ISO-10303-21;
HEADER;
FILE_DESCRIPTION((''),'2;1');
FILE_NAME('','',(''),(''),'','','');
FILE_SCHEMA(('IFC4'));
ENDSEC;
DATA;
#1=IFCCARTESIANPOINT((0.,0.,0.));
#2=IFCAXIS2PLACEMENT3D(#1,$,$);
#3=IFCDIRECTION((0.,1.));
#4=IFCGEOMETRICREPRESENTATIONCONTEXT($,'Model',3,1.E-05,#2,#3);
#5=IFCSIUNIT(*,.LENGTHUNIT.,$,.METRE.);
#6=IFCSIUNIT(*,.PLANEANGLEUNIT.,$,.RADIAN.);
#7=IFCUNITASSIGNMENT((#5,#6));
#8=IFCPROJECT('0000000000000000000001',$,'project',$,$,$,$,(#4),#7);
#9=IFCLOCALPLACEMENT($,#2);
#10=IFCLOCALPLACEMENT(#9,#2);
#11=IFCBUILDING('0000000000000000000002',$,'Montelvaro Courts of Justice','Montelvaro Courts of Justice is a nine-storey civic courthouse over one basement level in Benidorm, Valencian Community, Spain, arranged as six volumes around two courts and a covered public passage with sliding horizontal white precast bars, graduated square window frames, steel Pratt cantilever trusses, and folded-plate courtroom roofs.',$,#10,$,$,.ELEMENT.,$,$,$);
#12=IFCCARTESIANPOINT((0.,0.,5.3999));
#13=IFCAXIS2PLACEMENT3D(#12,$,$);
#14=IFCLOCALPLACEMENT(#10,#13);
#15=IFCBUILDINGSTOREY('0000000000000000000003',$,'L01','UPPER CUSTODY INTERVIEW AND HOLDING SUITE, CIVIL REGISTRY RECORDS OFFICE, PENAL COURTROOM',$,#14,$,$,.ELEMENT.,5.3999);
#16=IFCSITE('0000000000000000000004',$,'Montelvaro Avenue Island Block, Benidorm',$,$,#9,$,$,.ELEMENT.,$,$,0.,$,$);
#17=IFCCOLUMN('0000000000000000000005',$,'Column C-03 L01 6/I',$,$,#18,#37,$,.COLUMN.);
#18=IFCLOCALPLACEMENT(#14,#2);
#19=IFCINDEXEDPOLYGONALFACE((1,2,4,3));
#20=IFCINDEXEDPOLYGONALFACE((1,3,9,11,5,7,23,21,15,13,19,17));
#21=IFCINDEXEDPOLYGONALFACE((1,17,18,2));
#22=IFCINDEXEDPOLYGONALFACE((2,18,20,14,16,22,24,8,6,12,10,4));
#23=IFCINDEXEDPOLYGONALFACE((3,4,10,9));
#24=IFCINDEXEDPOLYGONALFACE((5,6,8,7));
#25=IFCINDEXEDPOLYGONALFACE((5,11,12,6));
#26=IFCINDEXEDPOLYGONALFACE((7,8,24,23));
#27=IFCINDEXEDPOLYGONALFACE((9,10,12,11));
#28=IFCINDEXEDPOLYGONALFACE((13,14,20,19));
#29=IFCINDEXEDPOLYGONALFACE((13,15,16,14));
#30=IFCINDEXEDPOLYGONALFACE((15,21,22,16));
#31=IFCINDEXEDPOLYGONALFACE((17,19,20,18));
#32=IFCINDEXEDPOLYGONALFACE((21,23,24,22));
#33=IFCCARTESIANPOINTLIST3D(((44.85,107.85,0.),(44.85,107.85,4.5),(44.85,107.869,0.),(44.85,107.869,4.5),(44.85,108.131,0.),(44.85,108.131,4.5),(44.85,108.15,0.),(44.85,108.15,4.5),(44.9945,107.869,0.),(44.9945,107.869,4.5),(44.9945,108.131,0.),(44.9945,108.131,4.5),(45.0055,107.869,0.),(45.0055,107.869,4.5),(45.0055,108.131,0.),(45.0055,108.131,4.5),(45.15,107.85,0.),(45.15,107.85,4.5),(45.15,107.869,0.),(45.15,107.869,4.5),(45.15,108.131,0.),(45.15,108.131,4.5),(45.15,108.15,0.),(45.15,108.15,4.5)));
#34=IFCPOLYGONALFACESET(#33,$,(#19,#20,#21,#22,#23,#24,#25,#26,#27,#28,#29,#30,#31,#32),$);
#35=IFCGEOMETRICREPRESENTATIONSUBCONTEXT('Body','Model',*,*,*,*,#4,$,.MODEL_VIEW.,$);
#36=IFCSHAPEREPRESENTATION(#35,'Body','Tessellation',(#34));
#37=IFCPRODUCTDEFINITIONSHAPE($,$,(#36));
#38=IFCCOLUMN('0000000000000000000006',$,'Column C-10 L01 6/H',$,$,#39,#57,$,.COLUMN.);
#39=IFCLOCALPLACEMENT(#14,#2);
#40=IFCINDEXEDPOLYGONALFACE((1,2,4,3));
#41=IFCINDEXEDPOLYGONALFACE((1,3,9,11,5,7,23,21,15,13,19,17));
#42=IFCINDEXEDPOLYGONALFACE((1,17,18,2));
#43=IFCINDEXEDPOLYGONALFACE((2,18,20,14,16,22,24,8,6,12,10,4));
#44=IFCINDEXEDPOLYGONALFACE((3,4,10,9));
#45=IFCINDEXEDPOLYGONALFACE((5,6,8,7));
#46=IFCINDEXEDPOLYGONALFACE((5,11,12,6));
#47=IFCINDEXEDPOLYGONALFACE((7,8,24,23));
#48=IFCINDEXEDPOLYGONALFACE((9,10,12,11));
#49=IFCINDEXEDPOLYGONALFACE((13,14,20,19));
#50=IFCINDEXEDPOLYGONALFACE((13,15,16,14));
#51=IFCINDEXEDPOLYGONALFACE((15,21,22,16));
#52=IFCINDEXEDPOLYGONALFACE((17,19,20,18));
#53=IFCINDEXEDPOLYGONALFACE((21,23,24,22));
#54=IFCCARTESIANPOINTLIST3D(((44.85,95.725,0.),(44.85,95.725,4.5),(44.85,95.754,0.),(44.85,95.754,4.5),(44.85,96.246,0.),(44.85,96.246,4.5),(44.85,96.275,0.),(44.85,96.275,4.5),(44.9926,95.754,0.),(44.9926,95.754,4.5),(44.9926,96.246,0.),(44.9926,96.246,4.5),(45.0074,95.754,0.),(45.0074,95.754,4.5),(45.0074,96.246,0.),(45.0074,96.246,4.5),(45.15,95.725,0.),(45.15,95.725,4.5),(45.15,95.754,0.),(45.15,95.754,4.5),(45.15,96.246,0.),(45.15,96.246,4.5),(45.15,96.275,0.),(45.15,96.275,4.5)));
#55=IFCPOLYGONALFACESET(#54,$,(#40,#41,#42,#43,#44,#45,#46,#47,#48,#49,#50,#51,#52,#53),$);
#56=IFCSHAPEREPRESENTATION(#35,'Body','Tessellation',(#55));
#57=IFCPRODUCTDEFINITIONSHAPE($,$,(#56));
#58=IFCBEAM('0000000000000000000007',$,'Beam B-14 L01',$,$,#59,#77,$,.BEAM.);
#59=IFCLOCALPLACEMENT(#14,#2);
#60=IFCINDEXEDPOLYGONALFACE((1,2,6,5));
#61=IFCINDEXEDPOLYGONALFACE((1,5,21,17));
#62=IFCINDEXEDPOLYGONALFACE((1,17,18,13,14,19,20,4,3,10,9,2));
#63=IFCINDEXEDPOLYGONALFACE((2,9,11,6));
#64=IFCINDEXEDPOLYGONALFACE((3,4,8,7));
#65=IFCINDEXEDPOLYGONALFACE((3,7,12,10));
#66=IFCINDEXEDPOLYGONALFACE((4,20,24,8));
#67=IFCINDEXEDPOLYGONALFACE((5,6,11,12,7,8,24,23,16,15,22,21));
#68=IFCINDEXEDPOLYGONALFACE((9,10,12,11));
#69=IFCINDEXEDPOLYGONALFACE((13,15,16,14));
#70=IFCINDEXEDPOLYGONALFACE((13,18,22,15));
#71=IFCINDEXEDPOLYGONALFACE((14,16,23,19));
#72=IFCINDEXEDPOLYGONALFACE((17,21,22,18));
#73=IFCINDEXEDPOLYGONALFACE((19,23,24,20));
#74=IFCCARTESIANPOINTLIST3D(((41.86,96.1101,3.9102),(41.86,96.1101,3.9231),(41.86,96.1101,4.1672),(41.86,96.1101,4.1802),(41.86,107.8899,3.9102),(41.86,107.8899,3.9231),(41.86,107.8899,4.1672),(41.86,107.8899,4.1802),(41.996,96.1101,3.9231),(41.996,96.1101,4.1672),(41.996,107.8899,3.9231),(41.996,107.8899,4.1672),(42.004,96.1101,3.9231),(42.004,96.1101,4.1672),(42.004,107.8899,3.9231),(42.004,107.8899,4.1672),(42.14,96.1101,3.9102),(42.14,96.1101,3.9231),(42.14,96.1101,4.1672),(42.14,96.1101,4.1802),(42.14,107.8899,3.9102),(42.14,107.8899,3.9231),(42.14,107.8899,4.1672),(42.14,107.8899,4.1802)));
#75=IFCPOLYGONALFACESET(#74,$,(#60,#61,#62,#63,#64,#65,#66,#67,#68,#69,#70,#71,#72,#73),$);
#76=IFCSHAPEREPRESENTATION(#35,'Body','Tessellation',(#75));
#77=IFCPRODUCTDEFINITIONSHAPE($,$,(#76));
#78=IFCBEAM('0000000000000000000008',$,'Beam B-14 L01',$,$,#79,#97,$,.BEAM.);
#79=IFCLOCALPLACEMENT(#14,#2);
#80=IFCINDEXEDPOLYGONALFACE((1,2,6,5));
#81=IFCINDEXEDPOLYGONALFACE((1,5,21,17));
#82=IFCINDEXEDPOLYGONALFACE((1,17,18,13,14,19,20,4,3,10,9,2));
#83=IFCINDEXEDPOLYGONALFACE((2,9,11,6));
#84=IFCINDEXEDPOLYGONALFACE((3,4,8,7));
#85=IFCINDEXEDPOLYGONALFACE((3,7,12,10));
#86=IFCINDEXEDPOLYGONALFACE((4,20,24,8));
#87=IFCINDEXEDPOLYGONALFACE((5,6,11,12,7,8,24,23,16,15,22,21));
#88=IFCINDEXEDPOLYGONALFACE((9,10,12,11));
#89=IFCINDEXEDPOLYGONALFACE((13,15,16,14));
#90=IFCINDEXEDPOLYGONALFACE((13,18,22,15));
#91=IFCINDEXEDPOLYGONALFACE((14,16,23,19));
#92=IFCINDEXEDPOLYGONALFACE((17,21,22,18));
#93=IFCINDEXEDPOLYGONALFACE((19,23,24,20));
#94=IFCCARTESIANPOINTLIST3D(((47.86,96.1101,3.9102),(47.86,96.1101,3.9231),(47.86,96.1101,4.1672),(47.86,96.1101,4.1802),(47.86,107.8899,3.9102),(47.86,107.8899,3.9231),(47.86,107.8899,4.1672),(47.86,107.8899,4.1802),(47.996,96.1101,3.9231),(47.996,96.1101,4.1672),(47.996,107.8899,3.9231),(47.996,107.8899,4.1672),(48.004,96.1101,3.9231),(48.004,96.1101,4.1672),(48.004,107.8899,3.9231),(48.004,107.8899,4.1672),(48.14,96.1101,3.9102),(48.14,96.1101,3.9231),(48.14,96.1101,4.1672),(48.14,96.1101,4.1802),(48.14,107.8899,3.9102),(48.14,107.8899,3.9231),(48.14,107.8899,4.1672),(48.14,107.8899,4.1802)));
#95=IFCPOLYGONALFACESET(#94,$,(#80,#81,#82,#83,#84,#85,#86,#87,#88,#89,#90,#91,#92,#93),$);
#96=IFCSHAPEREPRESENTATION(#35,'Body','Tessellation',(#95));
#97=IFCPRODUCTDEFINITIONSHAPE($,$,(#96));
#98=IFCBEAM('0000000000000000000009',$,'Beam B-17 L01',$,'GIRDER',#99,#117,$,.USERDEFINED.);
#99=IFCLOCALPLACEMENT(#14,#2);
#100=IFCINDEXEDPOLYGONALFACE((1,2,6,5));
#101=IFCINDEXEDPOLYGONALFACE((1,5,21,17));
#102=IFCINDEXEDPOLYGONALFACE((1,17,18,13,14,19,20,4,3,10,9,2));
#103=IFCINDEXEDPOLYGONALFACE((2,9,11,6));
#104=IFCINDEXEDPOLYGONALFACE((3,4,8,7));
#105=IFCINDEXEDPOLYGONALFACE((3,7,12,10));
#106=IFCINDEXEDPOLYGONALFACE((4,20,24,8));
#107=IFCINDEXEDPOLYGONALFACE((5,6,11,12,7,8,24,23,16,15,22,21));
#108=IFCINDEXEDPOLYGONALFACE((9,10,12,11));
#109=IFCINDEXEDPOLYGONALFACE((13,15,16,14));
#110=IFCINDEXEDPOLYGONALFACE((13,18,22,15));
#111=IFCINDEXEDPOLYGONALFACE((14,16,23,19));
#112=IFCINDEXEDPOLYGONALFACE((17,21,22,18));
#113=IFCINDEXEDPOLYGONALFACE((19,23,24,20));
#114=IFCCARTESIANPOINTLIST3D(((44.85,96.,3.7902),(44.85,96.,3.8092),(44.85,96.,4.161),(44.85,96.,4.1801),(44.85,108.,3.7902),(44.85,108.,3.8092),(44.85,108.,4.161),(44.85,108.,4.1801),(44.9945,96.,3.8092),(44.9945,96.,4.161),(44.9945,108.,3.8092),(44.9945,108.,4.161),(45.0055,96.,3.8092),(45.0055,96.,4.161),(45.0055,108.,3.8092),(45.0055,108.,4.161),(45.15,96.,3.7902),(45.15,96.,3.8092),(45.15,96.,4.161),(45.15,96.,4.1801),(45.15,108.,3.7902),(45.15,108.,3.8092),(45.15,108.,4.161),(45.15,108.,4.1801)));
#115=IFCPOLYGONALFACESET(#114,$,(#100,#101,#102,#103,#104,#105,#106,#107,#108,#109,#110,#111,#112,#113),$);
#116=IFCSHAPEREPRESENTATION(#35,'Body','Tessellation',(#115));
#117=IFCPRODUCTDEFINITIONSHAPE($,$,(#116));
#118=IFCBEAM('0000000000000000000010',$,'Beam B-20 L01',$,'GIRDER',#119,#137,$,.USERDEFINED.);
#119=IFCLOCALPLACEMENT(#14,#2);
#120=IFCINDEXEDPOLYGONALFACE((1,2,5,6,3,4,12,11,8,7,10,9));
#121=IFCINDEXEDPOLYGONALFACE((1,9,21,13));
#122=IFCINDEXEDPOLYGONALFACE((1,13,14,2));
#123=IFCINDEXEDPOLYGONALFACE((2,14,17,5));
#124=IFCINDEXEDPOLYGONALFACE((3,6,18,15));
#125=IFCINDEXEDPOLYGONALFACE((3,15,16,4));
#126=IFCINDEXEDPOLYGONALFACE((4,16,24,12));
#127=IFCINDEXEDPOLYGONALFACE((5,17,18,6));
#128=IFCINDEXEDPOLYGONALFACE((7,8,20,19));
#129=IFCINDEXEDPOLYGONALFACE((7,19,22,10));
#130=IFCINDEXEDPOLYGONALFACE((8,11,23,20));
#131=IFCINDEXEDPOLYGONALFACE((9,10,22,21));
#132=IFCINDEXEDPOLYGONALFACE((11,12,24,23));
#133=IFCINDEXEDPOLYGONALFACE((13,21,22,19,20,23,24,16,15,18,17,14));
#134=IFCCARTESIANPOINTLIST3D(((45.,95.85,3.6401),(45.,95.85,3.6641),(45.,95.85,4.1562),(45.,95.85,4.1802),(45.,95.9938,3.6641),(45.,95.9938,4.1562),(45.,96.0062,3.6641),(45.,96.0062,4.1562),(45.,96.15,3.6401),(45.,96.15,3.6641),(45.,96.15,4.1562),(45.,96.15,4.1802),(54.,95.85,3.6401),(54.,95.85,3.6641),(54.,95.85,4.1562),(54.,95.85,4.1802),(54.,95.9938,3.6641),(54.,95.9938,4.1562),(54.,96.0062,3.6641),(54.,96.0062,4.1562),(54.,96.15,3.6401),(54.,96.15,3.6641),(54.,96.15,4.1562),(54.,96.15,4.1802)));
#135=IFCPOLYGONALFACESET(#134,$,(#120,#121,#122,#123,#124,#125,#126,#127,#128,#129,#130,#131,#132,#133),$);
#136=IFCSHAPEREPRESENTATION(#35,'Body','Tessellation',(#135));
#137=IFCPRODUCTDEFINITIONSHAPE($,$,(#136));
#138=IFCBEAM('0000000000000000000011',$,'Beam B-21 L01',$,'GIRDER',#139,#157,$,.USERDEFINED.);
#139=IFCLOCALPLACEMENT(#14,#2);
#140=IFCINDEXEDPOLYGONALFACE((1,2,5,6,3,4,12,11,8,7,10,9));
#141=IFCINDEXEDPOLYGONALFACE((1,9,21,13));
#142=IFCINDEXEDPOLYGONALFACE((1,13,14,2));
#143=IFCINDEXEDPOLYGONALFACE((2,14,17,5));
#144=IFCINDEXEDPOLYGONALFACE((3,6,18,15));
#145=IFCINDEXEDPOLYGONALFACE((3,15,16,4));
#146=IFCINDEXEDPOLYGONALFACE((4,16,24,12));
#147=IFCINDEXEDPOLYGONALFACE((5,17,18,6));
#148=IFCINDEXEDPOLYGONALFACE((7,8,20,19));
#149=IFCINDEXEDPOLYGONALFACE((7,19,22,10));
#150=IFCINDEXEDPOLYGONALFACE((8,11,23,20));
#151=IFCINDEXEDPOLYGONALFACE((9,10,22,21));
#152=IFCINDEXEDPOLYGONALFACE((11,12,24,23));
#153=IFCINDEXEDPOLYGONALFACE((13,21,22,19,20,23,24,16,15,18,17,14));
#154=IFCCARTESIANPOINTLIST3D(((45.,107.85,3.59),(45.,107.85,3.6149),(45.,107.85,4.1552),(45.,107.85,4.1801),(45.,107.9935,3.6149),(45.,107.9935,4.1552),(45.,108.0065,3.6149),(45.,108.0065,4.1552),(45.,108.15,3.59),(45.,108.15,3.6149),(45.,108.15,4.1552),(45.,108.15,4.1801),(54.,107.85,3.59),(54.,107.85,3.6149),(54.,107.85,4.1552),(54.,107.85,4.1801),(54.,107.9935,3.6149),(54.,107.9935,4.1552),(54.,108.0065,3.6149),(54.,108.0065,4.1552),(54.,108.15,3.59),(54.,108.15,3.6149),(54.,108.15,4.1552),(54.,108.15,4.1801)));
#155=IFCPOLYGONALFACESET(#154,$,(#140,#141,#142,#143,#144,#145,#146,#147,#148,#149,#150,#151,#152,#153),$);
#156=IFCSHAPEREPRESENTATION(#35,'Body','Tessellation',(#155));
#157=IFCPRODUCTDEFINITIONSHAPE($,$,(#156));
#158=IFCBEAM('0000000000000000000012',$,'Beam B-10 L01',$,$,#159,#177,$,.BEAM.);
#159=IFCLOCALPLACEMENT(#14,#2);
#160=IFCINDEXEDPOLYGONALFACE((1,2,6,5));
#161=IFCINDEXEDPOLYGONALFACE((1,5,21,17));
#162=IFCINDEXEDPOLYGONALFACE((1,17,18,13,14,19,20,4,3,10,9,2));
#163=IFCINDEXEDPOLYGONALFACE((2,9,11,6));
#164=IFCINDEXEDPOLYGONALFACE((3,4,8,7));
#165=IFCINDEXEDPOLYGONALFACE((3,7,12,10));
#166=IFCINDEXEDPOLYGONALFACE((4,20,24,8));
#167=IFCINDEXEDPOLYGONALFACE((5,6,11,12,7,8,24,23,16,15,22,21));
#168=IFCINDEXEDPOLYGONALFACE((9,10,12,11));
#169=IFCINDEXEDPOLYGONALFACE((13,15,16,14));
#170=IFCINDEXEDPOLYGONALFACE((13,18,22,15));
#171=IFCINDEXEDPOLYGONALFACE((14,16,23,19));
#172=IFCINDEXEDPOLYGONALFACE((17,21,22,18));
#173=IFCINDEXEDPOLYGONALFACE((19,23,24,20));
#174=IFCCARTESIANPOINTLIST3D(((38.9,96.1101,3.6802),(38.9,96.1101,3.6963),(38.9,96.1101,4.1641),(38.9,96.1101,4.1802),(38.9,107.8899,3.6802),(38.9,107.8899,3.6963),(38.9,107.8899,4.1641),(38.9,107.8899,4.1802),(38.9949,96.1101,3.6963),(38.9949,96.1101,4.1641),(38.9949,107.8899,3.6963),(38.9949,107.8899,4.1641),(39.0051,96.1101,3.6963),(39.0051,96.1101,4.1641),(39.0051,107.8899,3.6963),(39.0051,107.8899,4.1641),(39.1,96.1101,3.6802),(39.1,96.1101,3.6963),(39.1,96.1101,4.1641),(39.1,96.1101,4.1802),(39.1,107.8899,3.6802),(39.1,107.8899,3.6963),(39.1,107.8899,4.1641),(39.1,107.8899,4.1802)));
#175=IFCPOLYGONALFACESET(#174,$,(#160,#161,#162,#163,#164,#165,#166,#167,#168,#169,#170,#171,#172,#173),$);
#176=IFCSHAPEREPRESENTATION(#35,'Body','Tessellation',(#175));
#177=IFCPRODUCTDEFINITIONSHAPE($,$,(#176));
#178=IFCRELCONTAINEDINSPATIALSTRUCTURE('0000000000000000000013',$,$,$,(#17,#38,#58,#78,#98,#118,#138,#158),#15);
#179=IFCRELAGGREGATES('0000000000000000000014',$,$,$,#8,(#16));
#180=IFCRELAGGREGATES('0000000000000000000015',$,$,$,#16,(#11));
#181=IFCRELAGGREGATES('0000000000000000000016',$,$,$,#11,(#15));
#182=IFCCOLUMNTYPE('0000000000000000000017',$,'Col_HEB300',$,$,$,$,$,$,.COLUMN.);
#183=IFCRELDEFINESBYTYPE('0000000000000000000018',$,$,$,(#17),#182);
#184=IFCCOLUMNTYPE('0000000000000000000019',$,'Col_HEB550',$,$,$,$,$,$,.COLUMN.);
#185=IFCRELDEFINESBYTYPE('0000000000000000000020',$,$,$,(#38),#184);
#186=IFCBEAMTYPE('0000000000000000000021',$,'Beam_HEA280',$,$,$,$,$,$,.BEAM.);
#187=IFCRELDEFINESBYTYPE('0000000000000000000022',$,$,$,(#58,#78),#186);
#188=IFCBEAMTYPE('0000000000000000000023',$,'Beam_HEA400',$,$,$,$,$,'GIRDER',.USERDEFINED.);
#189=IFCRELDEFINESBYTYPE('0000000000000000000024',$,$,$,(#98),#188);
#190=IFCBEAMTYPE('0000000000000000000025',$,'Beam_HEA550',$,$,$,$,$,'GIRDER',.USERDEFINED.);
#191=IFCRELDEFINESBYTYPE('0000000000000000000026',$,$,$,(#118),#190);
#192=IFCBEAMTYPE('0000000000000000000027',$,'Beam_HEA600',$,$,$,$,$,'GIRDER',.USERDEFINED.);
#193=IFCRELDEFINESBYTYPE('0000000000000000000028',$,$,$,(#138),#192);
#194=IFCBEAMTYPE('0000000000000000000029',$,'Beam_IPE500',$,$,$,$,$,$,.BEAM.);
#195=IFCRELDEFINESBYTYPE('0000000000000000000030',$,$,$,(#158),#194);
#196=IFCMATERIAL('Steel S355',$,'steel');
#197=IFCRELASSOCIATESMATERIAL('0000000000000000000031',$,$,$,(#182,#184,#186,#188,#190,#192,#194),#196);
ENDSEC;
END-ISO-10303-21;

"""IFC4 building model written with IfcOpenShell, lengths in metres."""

from ifc_helpers import new_model, si_unit, direction, frame, origin, origin_2d, place, context, subcontext, project, spatial, i_section, extrude, material, material_profile, profile_set, type_object, element, save


model = new_model("IFC4")

# Units and contexts
model_context = context("Model", 3, precision=1e-05, world=origin(), true_north=direction((0.0, 1.0)))
body_context = subcontext(model_context, "Body", "Model", "MODEL_VIEW")
ifc_project = project(units=[si_unit("LENGTHUNIT", "METRE"), si_unit("PLANEANGLEUNIT", "RADIAN")], contexts=[model_context])

# Site, building, storey
site_placement = place(None, origin())
site = spatial("IfcSite", under=ifc_project, at=site_placement, Name="Montelvaro Avenue Island Block, Benidorm", CompositionType="ELEMENT", RefElevation=0.0)
building_placement = place(site_placement, origin())
building = spatial("IfcBuilding", under=site, at=building_placement, Name="Montelvaro Courts of Justice", Description="Montelvaro Courts of Justice is a nine-storey civic courthouse over one basement level in Benidorm, Valencian Community, Spain, arranged as six volumes around two courts and a covered public passage with sliding horizontal white precast bars, graduated square window frames, steel Pratt cantilever trusses, and folded-plate courtroom roofs.", CompositionType="ELEMENT")
storey_placement = place(building_placement, frame((0.0, 0.0, 5.3999)))
storey = spatial("IfcBuildingStorey", under=building, at=storey_placement, Name="L01", Description="UPPER CUSTODY INTERVIEW AND HOLDING SUITE, CIVIL REGISTRY RECORDS OFFICE, PENAL COURTROOM", CompositionType="ELEMENT", Elevation=5.3999)

# Columns
ifc_material_1 = material(Name="Steel S355", Category="steel")
ifc_material_profile_1 = material_profile(ifc_material_1, i_section(OverallWidth=0.3, OverallDepth=0.3, WebThickness=0.011, FlangeThickness=0.019, at=origin_2d()), Name="HEB 300")
ifc_profile_set_1 = profile_set([ifc_material_profile_1], Name="Steel S355")
column_type_1 = type_object("IfcColumnType", Name="Col_HEB300", PredefinedType="COLUMN", material=ifc_profile_set_1)
column_1_placement = place(storey_placement, frame((45.0, 108.0, 0.0), z_axis=(0.0, 0.0, 1.0), x_axis=(1.0, 0.0, 0.0)))
element("IfcColumn", 1, at=column_1_placement, inside=storey, type_object=column_type_1, Name="Column C-03 L01 6/I", PredefinedType="COLUMN", context=body_context, shape_type="SweptSolid", body=[
    extrude(i_section(OverallWidth=0.3, OverallDepth=0.3, WebThickness=0.011, FlangeThickness=0.019, at=origin_2d()), origin(), (0.0, 0.0, 1.0), 4.5),
])
ifc_material_profile_2 = material_profile(ifc_material_1, i_section(OverallWidth=0.3, OverallDepth=0.55, WebThickness=0.0149, FlangeThickness=0.0291, at=origin_2d()), Name="HEB 550")
ifc_profile_set_2 = profile_set([ifc_material_profile_2], Name="Steel S355")
column_type_2 = type_object("IfcColumnType", Name="Col_HEB550", PredefinedType="COLUMN", material=ifc_profile_set_2)
column_2_placement = place(storey_placement, frame((45.0, 96.0, 0.0), z_axis=(0.0, 0.0, 1.0), x_axis=(1.0, 0.0, 0.0)))
element("IfcColumn", 2, at=column_2_placement, inside=storey, type_object=column_type_2, Name="Column C-10 L01 6/H", PredefinedType="COLUMN", context=body_context, shape_type="SweptSolid", body=[
    extrude(i_section(OverallWidth=0.3, OverallDepth=0.55, WebThickness=0.0149, FlangeThickness=0.0291, at=origin_2d()), origin(), (0.0, 0.0, 1.0), 4.5),
])

# Beams
ifc_material_profile_3 = material_profile(ifc_material_1, i_section(OverallWidth=0.28, OverallDepth=0.27, WebThickness=0.0081, FlangeThickness=0.0129, at=origin_2d()), Name="HEA 280")
ifc_profile_set_3 = profile_set([ifc_material_profile_3], Name="Steel S355")
beam_type_1 = type_object("IfcBeamType", Name="Beam_HEA280", PredefinedType="BEAM", material=ifc_profile_set_3)
for number, where, z_axis, x_axis, name in (
    (3, (42.0, 96.1101, 4.0452), (0.0, 1.0, 0.0), (-1.0, 0.0, 0.0), "Beam B-14 L01"),
    (4, (48.0, 96.1101, 4.0452), (0.0, 1.0, 0.0), (-1.0, 0.0, 0.0), "Beam B-14 L01"),
):
    element("IfcBeam", number, at=place(storey_placement, frame(where, z_axis=z_axis, x_axis=x_axis)), inside=storey, type_object=beam_type_1, Name=name, PredefinedType="BEAM", context=body_context, shape_type="SweptSolid", body=[
        extrude(i_section(OverallWidth=0.28, OverallDepth=0.27, WebThickness=0.0081, FlangeThickness=0.0129, at=origin_2d()), origin(), (0.0, 0.0, 1.0), 11.7798),
    ])
ifc_material_profile_4 = material_profile(ifc_material_1, i_section(OverallWidth=0.3, OverallDepth=0.3899, WebThickness=0.011, FlangeThickness=0.019, at=origin_2d()), Name="HEA 400")
ifc_profile_set_4 = profile_set([ifc_material_profile_4], Name="Steel S355")
beam_type_2 = type_object("IfcBeamType", Name="Beam_HEA400", ElementType="GIRDER", PredefinedType="USERDEFINED", material=ifc_profile_set_4)
beam_1_placement = place(storey_placement, frame((45.0, 96.0, 3.9851), z_axis=(0.0, 1.0, 0.0), x_axis=(-1.0, 0.0, 0.0)))
element("IfcBeam", 5, at=beam_1_placement, inside=storey, type_object=beam_type_2, Name="Beam B-17 L01", ObjectType="GIRDER", PredefinedType="USERDEFINED", context=body_context, shape_type="SweptSolid", body=[
    extrude(i_section(OverallWidth=0.3, OverallDepth=0.3899, WebThickness=0.011, FlangeThickness=0.019, at=origin_2d()), origin(), (0.0, 0.0, 1.0), 12.0),
])
ifc_material_profile_5 = material_profile(ifc_material_1, i_section(OverallWidth=0.3, OverallDepth=0.54, WebThickness=0.0125, FlangeThickness=0.0239, at=origin_2d()), Name="HEA 550")
ifc_profile_set_5 = profile_set([ifc_material_profile_5], Name="Steel S355")
beam_type_3 = type_object("IfcBeamType", Name="Beam_HEA550", ElementType="GIRDER", PredefinedType="USERDEFINED", material=ifc_profile_set_5)
beam_2_placement = place(storey_placement, frame((45.0, 96.0, 3.9102), z_axis=(1.0, 0.0, 0.0), x_axis=(0.0, 1.0, 0.0)))
element("IfcBeam", 6, at=beam_2_placement, inside=storey, type_object=beam_type_3, Name="Beam B-20 L01", ObjectType="GIRDER", PredefinedType="USERDEFINED", context=body_context, shape_type="SweptSolid", body=[
    extrude(i_section(OverallWidth=0.3, OverallDepth=0.54, WebThickness=0.0125, FlangeThickness=0.0239, at=origin_2d()), origin(), (0.0, 0.0, 1.0), 9.0),
])
ifc_material_profile_6 = material_profile(ifc_material_1, i_section(OverallWidth=0.3, OverallDepth=0.5901, WebThickness=0.0129, FlangeThickness=0.0249, at=origin_2d()), Name="HEA 600")
ifc_profile_set_6 = profile_set([ifc_material_profile_6], Name="Steel S355")
beam_type_4 = type_object("IfcBeamType", Name="Beam_HEA600", ElementType="GIRDER", PredefinedType="USERDEFINED", material=ifc_profile_set_6)
beam_3_placement = place(storey_placement, frame((45.0, 108.0, 3.885), z_axis=(1.0, 0.0, 0.0), x_axis=(0.0, 1.0, 0.0)))
element("IfcBeam", 7, at=beam_3_placement, inside=storey, type_object=beam_type_4, Name="Beam B-21 L01", ObjectType="GIRDER", PredefinedType="USERDEFINED", context=body_context, shape_type="SweptSolid", body=[
    extrude(i_section(OverallWidth=0.3, OverallDepth=0.5901, WebThickness=0.0129, FlangeThickness=0.0249, at=origin_2d()), origin(), (0.0, 0.0, 1.0), 9.0),
])
ifc_material_profile_7 = material_profile(ifc_material_1, i_section(OverallWidth=0.2, OverallDepth=0.5, WebThickness=0.0103, FlangeThickness=0.0161, at=origin_2d()), Name="IPE 500")
ifc_profile_set_7 = profile_set([ifc_material_profile_7], Name="Steel S355")
beam_type_5 = type_object("IfcBeamType", Name="Beam_IPE500", PredefinedType="BEAM", material=ifc_profile_set_7)
beam_4_placement = place(storey_placement, frame((39.0, 96.1101, 3.9302), z_axis=(0.0, 1.0, 0.0), x_axis=(-1.0, 0.0, 0.0)))
element("IfcBeam", 8, at=beam_4_placement, inside=storey, type_object=beam_type_5, Name="Beam B-10 L01", PredefinedType="BEAM", context=body_context, shape_type="SweptSolid", body=[
    extrude(i_section(OverallWidth=0.2, OverallDepth=0.5, WebThickness=0.0103, FlangeThickness=0.0161, at=origin_2d()), origin(), (0.0, 0.0, 1.0), 11.7798),
])

save(model, "model.ifc")
